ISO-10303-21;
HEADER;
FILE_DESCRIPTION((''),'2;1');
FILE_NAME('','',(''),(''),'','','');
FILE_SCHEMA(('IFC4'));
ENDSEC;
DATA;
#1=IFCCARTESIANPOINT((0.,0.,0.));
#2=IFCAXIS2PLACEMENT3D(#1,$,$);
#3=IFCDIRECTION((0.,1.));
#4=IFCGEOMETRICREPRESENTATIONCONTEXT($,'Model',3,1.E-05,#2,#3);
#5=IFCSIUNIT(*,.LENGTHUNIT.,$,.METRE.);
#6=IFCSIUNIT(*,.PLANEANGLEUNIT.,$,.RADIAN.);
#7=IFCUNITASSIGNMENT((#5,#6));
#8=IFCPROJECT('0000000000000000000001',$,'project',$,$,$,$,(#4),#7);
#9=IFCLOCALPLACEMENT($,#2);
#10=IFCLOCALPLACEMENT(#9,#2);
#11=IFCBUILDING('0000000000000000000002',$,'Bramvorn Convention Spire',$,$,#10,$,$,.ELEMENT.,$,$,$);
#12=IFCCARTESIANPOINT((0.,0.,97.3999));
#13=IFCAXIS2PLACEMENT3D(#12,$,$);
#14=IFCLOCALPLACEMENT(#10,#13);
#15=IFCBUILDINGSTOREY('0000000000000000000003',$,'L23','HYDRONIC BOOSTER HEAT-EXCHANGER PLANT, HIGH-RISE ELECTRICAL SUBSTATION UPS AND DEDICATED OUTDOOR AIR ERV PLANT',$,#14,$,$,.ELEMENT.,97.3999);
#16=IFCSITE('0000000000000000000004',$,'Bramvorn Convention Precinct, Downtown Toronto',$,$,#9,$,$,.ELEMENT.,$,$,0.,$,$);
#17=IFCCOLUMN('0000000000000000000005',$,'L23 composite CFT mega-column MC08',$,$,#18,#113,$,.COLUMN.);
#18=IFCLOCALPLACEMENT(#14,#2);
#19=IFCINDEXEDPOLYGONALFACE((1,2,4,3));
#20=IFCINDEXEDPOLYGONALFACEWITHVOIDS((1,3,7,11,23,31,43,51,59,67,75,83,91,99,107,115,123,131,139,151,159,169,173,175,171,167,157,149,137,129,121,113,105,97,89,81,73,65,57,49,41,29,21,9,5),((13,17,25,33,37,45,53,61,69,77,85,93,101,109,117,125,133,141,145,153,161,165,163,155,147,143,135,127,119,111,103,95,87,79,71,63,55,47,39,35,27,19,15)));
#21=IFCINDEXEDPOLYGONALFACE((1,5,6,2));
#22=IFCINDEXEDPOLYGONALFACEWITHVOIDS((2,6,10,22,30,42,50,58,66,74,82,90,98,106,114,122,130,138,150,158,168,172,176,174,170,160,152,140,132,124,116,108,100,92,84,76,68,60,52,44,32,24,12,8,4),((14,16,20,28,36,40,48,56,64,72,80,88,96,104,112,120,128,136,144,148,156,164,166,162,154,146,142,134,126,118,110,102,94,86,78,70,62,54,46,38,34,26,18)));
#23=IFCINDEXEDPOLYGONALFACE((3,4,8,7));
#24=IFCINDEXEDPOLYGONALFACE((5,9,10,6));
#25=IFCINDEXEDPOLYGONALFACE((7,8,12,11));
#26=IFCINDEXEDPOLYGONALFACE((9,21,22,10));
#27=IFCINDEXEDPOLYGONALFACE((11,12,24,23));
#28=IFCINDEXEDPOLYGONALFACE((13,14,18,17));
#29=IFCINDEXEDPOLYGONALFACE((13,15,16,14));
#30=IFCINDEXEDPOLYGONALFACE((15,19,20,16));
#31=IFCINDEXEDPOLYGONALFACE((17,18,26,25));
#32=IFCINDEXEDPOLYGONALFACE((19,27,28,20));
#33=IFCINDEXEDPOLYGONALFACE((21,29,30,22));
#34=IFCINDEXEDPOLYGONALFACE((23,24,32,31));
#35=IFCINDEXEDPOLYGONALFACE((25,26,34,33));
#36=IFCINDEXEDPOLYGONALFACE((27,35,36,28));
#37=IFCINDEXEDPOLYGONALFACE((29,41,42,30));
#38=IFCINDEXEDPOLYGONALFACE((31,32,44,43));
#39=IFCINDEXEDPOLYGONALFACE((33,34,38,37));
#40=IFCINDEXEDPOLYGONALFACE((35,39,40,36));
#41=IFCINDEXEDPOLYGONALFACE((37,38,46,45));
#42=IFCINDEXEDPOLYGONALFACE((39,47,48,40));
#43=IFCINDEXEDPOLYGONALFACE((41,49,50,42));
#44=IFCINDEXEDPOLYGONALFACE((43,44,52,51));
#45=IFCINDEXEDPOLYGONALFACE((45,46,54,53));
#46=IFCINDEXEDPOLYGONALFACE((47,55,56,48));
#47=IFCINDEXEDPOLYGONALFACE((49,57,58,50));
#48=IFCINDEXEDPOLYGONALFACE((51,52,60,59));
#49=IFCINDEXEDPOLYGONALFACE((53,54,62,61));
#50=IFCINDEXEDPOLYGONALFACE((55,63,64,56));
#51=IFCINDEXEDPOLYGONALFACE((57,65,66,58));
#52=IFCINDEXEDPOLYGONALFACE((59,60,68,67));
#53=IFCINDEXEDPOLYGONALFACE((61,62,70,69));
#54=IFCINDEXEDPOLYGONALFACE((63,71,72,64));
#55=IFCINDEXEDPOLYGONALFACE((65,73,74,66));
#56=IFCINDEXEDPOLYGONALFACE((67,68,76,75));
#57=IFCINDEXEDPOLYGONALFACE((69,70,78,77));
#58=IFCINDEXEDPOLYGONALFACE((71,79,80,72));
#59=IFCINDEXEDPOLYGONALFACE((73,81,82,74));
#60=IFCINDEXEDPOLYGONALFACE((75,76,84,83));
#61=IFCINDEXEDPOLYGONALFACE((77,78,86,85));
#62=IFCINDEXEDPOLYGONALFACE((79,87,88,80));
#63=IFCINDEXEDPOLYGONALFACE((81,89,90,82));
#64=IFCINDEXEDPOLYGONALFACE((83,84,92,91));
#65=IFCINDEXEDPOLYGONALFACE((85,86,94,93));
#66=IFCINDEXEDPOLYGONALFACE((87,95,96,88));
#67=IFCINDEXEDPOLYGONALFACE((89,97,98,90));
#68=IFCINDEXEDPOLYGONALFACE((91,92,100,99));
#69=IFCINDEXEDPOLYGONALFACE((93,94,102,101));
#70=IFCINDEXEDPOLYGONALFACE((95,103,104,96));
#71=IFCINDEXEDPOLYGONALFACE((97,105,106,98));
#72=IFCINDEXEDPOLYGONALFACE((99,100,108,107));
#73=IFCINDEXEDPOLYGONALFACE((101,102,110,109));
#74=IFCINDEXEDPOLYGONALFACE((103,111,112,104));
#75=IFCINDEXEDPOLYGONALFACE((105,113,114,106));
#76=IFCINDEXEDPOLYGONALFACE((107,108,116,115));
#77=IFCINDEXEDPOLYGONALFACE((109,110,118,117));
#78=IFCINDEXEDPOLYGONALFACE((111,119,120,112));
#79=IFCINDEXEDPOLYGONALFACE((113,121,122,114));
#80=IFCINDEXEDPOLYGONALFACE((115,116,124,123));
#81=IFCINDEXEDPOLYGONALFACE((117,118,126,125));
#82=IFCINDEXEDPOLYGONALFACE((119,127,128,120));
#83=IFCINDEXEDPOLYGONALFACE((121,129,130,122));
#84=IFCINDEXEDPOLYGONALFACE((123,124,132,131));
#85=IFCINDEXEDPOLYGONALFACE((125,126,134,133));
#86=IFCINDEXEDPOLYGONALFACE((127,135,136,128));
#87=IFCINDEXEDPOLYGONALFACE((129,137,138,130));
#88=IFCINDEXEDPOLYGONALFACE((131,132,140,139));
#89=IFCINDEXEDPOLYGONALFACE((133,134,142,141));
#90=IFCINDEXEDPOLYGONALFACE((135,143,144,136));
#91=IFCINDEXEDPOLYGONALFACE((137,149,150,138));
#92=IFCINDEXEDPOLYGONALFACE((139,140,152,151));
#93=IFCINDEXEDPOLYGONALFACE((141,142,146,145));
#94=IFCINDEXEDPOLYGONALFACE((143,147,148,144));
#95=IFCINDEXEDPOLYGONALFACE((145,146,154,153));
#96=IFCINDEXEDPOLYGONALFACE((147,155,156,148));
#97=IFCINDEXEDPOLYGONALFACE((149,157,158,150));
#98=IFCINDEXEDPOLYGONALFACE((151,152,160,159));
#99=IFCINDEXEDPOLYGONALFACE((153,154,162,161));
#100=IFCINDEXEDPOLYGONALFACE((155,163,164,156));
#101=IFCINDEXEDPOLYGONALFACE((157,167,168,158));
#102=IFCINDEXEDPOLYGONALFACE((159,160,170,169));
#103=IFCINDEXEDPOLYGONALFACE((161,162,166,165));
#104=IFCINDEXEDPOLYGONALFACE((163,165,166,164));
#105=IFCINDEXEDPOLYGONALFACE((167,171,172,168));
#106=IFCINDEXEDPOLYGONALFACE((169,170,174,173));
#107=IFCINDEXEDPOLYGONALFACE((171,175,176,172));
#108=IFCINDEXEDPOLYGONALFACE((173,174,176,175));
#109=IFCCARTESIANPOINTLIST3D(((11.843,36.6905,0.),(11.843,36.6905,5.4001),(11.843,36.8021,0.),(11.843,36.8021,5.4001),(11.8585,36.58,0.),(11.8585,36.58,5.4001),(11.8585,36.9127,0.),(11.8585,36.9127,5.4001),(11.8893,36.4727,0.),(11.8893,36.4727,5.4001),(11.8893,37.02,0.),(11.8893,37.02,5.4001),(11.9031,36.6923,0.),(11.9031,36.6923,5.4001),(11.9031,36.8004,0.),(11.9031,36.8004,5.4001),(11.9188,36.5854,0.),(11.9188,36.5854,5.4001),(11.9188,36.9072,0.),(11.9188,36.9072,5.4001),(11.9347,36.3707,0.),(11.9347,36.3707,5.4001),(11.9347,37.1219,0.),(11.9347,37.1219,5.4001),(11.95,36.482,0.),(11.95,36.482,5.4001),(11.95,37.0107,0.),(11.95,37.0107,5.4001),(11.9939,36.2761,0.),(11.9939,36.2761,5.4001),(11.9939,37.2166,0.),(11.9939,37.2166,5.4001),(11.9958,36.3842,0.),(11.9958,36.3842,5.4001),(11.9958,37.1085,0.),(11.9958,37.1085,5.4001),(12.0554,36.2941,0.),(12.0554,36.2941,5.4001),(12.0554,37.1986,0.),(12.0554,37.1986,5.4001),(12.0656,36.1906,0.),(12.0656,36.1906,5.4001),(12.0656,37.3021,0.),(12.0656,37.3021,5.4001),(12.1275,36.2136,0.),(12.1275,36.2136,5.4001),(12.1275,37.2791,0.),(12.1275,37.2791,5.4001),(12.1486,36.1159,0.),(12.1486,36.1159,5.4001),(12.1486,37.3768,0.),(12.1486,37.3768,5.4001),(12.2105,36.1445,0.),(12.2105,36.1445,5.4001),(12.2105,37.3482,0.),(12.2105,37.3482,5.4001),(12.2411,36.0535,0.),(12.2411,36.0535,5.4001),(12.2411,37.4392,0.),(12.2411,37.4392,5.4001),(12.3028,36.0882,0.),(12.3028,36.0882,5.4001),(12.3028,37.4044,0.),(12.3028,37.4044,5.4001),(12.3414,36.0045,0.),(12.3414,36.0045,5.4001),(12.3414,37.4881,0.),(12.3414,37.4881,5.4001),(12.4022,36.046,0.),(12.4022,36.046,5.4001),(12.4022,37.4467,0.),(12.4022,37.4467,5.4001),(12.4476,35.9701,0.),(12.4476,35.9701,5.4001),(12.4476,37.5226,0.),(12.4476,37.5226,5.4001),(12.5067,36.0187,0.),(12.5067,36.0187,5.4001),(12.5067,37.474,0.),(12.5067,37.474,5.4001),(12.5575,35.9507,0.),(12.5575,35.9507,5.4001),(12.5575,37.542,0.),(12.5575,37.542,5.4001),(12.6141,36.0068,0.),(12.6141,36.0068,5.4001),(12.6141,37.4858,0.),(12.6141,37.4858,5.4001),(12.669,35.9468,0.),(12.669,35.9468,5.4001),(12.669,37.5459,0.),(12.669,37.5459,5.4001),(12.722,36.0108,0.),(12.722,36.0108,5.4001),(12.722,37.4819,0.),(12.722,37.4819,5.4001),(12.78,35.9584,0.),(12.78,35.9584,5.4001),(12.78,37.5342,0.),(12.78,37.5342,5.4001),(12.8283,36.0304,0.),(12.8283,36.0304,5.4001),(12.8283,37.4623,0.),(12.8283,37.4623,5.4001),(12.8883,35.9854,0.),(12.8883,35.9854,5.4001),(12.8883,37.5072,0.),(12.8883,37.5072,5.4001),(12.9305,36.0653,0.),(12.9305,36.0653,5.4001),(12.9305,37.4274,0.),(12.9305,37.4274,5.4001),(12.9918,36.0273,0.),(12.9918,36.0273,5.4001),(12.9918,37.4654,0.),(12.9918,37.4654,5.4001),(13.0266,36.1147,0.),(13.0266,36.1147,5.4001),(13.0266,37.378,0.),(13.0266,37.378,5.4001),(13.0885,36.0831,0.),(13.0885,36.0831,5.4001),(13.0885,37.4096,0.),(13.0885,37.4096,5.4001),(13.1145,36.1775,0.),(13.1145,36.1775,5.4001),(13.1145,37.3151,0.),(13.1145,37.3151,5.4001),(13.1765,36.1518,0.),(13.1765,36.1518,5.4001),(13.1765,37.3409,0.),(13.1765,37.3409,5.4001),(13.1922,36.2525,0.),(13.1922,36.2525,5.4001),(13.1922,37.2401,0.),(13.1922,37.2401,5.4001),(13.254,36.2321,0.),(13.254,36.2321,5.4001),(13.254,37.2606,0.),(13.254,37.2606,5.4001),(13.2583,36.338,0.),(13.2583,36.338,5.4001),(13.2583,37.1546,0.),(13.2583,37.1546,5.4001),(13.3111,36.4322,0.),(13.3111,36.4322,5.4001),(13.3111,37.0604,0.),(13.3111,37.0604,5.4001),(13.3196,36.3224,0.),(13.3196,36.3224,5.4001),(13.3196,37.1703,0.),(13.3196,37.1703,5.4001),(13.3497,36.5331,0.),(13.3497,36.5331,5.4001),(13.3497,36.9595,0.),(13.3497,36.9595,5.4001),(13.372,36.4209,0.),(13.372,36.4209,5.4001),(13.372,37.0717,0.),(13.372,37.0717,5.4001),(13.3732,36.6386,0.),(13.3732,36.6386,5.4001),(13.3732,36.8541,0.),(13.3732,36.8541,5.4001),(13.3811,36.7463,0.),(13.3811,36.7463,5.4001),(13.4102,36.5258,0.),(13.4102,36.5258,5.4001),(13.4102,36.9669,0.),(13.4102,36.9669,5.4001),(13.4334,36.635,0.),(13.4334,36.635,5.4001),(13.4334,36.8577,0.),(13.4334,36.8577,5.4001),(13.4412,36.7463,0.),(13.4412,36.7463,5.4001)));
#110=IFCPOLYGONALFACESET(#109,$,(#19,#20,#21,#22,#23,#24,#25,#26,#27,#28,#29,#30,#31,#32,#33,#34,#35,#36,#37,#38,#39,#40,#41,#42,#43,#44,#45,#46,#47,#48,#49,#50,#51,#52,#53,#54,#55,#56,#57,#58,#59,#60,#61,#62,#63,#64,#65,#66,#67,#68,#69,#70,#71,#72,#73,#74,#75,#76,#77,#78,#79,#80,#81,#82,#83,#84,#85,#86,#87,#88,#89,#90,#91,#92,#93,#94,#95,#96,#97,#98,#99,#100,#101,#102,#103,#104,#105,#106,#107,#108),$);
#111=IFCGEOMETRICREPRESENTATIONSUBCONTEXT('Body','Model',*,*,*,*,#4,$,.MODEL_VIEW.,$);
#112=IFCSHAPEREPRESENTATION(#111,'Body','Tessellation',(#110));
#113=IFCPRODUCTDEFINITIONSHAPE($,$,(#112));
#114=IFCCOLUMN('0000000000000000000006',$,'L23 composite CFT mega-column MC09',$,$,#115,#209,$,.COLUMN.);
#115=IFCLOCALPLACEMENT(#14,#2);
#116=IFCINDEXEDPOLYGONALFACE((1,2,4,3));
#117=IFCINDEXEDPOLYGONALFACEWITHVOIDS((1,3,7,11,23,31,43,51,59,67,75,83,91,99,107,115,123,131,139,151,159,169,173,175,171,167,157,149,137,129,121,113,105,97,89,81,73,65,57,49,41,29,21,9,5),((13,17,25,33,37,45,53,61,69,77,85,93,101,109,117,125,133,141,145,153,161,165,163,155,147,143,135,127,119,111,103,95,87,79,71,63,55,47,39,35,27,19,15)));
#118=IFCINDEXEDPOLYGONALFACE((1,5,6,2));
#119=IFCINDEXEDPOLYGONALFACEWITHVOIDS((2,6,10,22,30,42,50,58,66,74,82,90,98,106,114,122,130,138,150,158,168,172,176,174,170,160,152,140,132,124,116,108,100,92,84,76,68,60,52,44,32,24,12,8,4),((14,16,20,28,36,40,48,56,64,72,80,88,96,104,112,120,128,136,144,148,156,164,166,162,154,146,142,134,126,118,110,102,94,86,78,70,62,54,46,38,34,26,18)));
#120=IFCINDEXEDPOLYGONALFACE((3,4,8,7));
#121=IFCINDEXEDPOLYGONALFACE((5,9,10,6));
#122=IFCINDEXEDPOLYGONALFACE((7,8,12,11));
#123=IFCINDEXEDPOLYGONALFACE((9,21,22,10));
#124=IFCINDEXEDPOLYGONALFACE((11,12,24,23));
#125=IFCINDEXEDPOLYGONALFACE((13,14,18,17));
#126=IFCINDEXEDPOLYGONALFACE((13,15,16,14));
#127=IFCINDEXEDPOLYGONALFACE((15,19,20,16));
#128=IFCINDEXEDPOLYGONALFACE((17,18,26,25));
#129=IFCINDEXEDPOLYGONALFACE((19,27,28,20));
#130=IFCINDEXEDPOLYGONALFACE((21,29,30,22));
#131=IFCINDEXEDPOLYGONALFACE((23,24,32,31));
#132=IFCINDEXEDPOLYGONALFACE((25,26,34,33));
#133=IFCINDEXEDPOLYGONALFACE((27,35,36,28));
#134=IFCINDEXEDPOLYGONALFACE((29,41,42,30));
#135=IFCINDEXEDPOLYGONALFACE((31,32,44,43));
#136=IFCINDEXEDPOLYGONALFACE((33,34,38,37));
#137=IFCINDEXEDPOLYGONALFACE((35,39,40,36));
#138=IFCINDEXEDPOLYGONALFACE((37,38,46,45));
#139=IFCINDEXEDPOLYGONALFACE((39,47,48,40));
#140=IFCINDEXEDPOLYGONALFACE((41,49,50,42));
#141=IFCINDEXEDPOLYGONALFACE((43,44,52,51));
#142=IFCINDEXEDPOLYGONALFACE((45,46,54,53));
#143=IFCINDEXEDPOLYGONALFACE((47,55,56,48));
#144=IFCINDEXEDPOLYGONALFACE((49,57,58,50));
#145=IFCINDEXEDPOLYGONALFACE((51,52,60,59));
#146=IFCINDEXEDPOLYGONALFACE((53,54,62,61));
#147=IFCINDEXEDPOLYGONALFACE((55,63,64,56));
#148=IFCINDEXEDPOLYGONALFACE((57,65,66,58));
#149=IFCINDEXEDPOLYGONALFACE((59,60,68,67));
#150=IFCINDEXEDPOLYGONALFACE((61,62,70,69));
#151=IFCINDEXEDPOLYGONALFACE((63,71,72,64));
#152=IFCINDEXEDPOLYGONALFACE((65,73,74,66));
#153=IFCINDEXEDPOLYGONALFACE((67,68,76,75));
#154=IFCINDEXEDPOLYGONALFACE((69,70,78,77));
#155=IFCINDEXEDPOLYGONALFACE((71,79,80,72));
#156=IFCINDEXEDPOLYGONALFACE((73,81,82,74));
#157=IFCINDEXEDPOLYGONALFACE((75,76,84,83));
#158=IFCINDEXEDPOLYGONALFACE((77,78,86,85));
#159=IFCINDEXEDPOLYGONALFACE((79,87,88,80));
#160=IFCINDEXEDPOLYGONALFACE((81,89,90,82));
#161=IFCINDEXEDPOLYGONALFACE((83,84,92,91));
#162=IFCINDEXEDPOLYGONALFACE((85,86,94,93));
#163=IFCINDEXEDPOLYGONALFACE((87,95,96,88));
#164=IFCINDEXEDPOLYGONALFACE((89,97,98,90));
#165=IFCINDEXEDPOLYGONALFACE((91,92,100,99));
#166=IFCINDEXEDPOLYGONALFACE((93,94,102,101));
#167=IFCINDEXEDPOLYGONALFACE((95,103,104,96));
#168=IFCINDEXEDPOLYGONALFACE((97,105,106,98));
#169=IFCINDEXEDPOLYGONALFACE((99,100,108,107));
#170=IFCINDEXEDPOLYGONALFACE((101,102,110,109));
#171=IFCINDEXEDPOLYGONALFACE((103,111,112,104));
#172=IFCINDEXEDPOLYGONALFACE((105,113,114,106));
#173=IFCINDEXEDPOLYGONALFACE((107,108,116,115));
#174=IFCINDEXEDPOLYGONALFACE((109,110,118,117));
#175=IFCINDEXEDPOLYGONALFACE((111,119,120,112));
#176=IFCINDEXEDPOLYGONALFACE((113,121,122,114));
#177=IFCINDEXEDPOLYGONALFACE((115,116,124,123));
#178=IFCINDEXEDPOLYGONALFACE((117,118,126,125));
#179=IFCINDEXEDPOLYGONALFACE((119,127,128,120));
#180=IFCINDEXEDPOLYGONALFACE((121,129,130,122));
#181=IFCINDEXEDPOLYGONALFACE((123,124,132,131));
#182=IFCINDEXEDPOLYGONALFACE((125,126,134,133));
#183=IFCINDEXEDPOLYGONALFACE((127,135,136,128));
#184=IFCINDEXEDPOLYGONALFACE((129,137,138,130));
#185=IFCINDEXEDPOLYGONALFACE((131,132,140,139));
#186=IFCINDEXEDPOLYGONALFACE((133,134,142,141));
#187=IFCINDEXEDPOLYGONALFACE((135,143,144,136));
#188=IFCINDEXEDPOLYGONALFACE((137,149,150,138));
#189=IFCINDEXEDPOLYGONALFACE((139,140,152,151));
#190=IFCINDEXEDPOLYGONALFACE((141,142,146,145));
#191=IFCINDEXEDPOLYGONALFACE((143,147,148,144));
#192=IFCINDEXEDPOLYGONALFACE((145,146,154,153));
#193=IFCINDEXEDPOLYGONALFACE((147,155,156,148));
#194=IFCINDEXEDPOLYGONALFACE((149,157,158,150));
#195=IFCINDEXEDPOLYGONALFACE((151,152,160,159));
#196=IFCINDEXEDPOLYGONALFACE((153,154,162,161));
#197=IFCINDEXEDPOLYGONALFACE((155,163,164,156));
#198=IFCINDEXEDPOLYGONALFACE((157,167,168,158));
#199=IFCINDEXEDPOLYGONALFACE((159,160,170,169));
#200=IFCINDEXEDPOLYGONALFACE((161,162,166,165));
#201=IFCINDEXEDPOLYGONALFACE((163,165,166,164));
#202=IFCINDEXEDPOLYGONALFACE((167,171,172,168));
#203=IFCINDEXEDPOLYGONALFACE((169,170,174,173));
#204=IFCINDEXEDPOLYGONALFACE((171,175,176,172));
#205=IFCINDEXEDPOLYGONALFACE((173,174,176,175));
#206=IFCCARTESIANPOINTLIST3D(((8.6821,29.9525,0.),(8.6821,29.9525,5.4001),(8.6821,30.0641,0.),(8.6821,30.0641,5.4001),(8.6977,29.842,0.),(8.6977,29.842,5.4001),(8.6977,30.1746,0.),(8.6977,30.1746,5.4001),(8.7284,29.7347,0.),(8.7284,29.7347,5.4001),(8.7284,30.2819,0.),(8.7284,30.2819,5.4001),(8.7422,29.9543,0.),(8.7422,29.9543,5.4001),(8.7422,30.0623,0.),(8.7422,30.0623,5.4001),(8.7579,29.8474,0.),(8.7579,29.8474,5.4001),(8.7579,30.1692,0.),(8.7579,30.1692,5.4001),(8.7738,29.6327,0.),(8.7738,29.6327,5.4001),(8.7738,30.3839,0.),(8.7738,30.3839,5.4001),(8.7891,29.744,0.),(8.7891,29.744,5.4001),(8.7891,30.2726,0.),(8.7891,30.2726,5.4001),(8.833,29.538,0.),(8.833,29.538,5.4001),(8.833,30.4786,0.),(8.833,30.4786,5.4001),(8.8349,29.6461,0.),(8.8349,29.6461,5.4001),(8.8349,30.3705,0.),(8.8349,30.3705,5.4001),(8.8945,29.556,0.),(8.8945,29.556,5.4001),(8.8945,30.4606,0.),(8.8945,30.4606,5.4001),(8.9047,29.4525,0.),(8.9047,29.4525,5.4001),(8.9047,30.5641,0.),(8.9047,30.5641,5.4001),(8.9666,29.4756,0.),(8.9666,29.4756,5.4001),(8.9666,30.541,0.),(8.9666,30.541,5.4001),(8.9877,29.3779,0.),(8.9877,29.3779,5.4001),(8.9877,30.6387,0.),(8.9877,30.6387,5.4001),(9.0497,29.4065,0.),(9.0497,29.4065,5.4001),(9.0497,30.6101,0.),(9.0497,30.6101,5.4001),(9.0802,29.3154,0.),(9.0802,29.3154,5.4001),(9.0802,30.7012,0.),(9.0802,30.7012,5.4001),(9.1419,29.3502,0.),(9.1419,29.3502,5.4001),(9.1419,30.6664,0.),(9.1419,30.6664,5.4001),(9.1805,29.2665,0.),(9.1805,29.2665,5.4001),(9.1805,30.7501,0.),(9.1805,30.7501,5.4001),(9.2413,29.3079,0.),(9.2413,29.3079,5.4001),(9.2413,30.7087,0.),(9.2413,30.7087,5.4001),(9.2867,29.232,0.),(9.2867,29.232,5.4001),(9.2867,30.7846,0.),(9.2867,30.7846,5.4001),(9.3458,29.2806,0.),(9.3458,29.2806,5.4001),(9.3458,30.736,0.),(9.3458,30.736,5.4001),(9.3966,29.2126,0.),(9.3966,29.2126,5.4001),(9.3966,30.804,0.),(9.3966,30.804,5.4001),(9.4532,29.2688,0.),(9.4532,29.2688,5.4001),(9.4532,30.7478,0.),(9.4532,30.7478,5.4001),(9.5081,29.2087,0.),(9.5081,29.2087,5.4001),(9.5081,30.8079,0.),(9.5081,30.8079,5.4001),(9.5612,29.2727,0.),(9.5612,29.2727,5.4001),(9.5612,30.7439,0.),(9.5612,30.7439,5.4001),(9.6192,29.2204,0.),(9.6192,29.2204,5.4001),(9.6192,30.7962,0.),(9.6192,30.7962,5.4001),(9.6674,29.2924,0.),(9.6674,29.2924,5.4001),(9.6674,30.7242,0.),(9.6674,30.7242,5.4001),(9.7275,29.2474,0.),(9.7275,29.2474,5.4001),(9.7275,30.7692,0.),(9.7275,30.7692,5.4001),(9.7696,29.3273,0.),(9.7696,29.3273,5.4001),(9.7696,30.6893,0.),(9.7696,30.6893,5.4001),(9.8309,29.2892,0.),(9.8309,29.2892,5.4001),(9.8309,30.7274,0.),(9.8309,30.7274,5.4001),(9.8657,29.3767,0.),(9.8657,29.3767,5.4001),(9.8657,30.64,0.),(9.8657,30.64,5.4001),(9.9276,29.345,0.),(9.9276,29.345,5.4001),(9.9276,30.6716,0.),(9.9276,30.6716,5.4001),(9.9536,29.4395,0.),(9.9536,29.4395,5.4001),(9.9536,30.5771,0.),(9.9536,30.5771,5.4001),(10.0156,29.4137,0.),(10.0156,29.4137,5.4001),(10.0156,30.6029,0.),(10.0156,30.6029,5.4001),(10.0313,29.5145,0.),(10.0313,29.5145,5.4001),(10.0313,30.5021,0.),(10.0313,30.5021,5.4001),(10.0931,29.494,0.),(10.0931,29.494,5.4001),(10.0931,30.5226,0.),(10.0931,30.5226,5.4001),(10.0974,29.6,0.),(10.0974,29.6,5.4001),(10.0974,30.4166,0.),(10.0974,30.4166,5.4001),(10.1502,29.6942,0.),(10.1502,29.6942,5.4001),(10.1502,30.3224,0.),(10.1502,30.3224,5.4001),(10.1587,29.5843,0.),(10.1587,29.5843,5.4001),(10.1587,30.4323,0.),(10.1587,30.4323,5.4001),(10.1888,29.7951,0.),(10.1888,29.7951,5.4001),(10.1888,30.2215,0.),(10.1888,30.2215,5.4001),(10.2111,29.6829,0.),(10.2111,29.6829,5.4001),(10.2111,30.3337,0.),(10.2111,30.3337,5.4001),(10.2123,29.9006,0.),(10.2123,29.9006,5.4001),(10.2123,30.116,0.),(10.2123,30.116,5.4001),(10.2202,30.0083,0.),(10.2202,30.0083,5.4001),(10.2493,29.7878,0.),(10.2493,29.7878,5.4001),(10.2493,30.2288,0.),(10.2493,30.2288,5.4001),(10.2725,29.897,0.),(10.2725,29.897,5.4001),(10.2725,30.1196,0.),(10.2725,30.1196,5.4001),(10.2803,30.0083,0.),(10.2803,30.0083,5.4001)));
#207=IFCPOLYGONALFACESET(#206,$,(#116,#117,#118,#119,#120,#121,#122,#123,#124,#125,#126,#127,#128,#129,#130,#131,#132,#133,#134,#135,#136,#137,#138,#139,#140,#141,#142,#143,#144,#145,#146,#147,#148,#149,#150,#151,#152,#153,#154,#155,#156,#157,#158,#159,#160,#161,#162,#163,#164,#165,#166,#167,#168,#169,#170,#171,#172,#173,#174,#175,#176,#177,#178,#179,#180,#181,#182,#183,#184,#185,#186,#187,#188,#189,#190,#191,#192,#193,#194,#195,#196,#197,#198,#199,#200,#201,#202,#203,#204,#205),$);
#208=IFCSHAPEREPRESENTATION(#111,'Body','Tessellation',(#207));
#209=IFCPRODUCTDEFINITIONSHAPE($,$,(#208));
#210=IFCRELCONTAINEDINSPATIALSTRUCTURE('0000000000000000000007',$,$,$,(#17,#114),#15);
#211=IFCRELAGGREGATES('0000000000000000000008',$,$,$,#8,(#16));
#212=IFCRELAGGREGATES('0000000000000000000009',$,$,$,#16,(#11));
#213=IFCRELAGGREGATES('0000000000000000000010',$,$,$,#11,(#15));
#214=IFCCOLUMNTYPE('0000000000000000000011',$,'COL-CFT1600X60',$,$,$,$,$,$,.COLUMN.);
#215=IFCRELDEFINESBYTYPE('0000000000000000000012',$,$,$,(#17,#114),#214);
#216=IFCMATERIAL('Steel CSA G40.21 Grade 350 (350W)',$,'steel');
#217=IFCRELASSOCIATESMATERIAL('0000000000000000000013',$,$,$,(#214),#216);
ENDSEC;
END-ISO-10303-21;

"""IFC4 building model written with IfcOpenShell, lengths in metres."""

from ifc_helpers import new_model, si_unit, direction, frame, origin, origin_2d, place, context, subcontext, project, spatial, hollow_circle, extrude, material, material_profile, profile_set, type_object, element, save


model = new_model("IFC4")

# Units and contexts
model_context = context("Model", 3, precision=1e-05, world=origin(), true_north=direction((0.0, 1.0)))
body_context = subcontext(model_context, "Body", "Model", "MODEL_VIEW")
ifc_project = project(units=[si_unit("LENGTHUNIT", "METRE"), si_unit("PLANEANGLEUNIT", "RADIAN")], contexts=[model_context])

# Site, building, storey
site_placement = place(None, origin())
site = spatial("IfcSite", under=ifc_project, at=site_placement, Name="Bramvorn Convention Precinct, Downtown Toronto", CompositionType="ELEMENT", RefElevation=0.0)
building_placement = place(site_placement, origin())
building = spatial("IfcBuilding", under=site, at=building_placement, Name="Bramvorn Convention Spire", CompositionType="ELEMENT")
storey_placement = place(building_placement, frame((0.0, 0.0, 97.3999)))
storey = spatial("IfcBuildingStorey", under=building, at=storey_placement, Name="L23", Description="HYDRONIC BOOSTER HEAT-EXCHANGER PLANT, HIGH-RISE ELECTRICAL SUBSTATION UPS AND DEDICATED OUTDOOR AIR ERV PLANT", CompositionType="ELEMENT", Elevation=97.3999)

# Columns
ifc_material_1 = material(Name="Steel CSA G40.21 Grade 350 (350W)", Category="steel")
ifc_material_profile_1 = material_profile(ifc_material_1, hollow_circle(Radius=0.8, WallThickness=0.0601, at=origin_2d()))
ifc_profile_set_1 = profile_set([ifc_material_profile_1], Name="Steel CSA G40.21 Grade 350 (350W) - CFT1600X60")
column_type = type_object("IfcColumnType", Name="COL-CFT1600X60", PredefinedType="COLUMN", material=ifc_profile_set_1)
for number, where, z_axis, x_axis, name in (
    (1, (12.6411, 36.7463, 0.0), (0.0, 0.0, 1.0), (1.0, 0.0, 0.0), "L23 composite CFT mega-column MC08"),
    (2, (9.4802, 30.0083, 0.0), (0.0, 0.0, 1.0), (1.0, 0.0, 0.0), "L23 composite CFT mega-column MC09"),
):
    element("IfcColumn", number, at=place(storey_placement, frame(where, z_axis=z_axis, x_axis=x_axis)), inside=storey, type_object=column_type, Name=name, PredefinedType="COLUMN", context=body_context, shape_type="SweptSolid", body=[
        extrude(hollow_circle(Radius=0.8, WallThickness=0.0601, at=origin_2d()), origin(), (0.0, 0.0, 1.0), 5.4001),
    ])

save(model, "model.ifc")
